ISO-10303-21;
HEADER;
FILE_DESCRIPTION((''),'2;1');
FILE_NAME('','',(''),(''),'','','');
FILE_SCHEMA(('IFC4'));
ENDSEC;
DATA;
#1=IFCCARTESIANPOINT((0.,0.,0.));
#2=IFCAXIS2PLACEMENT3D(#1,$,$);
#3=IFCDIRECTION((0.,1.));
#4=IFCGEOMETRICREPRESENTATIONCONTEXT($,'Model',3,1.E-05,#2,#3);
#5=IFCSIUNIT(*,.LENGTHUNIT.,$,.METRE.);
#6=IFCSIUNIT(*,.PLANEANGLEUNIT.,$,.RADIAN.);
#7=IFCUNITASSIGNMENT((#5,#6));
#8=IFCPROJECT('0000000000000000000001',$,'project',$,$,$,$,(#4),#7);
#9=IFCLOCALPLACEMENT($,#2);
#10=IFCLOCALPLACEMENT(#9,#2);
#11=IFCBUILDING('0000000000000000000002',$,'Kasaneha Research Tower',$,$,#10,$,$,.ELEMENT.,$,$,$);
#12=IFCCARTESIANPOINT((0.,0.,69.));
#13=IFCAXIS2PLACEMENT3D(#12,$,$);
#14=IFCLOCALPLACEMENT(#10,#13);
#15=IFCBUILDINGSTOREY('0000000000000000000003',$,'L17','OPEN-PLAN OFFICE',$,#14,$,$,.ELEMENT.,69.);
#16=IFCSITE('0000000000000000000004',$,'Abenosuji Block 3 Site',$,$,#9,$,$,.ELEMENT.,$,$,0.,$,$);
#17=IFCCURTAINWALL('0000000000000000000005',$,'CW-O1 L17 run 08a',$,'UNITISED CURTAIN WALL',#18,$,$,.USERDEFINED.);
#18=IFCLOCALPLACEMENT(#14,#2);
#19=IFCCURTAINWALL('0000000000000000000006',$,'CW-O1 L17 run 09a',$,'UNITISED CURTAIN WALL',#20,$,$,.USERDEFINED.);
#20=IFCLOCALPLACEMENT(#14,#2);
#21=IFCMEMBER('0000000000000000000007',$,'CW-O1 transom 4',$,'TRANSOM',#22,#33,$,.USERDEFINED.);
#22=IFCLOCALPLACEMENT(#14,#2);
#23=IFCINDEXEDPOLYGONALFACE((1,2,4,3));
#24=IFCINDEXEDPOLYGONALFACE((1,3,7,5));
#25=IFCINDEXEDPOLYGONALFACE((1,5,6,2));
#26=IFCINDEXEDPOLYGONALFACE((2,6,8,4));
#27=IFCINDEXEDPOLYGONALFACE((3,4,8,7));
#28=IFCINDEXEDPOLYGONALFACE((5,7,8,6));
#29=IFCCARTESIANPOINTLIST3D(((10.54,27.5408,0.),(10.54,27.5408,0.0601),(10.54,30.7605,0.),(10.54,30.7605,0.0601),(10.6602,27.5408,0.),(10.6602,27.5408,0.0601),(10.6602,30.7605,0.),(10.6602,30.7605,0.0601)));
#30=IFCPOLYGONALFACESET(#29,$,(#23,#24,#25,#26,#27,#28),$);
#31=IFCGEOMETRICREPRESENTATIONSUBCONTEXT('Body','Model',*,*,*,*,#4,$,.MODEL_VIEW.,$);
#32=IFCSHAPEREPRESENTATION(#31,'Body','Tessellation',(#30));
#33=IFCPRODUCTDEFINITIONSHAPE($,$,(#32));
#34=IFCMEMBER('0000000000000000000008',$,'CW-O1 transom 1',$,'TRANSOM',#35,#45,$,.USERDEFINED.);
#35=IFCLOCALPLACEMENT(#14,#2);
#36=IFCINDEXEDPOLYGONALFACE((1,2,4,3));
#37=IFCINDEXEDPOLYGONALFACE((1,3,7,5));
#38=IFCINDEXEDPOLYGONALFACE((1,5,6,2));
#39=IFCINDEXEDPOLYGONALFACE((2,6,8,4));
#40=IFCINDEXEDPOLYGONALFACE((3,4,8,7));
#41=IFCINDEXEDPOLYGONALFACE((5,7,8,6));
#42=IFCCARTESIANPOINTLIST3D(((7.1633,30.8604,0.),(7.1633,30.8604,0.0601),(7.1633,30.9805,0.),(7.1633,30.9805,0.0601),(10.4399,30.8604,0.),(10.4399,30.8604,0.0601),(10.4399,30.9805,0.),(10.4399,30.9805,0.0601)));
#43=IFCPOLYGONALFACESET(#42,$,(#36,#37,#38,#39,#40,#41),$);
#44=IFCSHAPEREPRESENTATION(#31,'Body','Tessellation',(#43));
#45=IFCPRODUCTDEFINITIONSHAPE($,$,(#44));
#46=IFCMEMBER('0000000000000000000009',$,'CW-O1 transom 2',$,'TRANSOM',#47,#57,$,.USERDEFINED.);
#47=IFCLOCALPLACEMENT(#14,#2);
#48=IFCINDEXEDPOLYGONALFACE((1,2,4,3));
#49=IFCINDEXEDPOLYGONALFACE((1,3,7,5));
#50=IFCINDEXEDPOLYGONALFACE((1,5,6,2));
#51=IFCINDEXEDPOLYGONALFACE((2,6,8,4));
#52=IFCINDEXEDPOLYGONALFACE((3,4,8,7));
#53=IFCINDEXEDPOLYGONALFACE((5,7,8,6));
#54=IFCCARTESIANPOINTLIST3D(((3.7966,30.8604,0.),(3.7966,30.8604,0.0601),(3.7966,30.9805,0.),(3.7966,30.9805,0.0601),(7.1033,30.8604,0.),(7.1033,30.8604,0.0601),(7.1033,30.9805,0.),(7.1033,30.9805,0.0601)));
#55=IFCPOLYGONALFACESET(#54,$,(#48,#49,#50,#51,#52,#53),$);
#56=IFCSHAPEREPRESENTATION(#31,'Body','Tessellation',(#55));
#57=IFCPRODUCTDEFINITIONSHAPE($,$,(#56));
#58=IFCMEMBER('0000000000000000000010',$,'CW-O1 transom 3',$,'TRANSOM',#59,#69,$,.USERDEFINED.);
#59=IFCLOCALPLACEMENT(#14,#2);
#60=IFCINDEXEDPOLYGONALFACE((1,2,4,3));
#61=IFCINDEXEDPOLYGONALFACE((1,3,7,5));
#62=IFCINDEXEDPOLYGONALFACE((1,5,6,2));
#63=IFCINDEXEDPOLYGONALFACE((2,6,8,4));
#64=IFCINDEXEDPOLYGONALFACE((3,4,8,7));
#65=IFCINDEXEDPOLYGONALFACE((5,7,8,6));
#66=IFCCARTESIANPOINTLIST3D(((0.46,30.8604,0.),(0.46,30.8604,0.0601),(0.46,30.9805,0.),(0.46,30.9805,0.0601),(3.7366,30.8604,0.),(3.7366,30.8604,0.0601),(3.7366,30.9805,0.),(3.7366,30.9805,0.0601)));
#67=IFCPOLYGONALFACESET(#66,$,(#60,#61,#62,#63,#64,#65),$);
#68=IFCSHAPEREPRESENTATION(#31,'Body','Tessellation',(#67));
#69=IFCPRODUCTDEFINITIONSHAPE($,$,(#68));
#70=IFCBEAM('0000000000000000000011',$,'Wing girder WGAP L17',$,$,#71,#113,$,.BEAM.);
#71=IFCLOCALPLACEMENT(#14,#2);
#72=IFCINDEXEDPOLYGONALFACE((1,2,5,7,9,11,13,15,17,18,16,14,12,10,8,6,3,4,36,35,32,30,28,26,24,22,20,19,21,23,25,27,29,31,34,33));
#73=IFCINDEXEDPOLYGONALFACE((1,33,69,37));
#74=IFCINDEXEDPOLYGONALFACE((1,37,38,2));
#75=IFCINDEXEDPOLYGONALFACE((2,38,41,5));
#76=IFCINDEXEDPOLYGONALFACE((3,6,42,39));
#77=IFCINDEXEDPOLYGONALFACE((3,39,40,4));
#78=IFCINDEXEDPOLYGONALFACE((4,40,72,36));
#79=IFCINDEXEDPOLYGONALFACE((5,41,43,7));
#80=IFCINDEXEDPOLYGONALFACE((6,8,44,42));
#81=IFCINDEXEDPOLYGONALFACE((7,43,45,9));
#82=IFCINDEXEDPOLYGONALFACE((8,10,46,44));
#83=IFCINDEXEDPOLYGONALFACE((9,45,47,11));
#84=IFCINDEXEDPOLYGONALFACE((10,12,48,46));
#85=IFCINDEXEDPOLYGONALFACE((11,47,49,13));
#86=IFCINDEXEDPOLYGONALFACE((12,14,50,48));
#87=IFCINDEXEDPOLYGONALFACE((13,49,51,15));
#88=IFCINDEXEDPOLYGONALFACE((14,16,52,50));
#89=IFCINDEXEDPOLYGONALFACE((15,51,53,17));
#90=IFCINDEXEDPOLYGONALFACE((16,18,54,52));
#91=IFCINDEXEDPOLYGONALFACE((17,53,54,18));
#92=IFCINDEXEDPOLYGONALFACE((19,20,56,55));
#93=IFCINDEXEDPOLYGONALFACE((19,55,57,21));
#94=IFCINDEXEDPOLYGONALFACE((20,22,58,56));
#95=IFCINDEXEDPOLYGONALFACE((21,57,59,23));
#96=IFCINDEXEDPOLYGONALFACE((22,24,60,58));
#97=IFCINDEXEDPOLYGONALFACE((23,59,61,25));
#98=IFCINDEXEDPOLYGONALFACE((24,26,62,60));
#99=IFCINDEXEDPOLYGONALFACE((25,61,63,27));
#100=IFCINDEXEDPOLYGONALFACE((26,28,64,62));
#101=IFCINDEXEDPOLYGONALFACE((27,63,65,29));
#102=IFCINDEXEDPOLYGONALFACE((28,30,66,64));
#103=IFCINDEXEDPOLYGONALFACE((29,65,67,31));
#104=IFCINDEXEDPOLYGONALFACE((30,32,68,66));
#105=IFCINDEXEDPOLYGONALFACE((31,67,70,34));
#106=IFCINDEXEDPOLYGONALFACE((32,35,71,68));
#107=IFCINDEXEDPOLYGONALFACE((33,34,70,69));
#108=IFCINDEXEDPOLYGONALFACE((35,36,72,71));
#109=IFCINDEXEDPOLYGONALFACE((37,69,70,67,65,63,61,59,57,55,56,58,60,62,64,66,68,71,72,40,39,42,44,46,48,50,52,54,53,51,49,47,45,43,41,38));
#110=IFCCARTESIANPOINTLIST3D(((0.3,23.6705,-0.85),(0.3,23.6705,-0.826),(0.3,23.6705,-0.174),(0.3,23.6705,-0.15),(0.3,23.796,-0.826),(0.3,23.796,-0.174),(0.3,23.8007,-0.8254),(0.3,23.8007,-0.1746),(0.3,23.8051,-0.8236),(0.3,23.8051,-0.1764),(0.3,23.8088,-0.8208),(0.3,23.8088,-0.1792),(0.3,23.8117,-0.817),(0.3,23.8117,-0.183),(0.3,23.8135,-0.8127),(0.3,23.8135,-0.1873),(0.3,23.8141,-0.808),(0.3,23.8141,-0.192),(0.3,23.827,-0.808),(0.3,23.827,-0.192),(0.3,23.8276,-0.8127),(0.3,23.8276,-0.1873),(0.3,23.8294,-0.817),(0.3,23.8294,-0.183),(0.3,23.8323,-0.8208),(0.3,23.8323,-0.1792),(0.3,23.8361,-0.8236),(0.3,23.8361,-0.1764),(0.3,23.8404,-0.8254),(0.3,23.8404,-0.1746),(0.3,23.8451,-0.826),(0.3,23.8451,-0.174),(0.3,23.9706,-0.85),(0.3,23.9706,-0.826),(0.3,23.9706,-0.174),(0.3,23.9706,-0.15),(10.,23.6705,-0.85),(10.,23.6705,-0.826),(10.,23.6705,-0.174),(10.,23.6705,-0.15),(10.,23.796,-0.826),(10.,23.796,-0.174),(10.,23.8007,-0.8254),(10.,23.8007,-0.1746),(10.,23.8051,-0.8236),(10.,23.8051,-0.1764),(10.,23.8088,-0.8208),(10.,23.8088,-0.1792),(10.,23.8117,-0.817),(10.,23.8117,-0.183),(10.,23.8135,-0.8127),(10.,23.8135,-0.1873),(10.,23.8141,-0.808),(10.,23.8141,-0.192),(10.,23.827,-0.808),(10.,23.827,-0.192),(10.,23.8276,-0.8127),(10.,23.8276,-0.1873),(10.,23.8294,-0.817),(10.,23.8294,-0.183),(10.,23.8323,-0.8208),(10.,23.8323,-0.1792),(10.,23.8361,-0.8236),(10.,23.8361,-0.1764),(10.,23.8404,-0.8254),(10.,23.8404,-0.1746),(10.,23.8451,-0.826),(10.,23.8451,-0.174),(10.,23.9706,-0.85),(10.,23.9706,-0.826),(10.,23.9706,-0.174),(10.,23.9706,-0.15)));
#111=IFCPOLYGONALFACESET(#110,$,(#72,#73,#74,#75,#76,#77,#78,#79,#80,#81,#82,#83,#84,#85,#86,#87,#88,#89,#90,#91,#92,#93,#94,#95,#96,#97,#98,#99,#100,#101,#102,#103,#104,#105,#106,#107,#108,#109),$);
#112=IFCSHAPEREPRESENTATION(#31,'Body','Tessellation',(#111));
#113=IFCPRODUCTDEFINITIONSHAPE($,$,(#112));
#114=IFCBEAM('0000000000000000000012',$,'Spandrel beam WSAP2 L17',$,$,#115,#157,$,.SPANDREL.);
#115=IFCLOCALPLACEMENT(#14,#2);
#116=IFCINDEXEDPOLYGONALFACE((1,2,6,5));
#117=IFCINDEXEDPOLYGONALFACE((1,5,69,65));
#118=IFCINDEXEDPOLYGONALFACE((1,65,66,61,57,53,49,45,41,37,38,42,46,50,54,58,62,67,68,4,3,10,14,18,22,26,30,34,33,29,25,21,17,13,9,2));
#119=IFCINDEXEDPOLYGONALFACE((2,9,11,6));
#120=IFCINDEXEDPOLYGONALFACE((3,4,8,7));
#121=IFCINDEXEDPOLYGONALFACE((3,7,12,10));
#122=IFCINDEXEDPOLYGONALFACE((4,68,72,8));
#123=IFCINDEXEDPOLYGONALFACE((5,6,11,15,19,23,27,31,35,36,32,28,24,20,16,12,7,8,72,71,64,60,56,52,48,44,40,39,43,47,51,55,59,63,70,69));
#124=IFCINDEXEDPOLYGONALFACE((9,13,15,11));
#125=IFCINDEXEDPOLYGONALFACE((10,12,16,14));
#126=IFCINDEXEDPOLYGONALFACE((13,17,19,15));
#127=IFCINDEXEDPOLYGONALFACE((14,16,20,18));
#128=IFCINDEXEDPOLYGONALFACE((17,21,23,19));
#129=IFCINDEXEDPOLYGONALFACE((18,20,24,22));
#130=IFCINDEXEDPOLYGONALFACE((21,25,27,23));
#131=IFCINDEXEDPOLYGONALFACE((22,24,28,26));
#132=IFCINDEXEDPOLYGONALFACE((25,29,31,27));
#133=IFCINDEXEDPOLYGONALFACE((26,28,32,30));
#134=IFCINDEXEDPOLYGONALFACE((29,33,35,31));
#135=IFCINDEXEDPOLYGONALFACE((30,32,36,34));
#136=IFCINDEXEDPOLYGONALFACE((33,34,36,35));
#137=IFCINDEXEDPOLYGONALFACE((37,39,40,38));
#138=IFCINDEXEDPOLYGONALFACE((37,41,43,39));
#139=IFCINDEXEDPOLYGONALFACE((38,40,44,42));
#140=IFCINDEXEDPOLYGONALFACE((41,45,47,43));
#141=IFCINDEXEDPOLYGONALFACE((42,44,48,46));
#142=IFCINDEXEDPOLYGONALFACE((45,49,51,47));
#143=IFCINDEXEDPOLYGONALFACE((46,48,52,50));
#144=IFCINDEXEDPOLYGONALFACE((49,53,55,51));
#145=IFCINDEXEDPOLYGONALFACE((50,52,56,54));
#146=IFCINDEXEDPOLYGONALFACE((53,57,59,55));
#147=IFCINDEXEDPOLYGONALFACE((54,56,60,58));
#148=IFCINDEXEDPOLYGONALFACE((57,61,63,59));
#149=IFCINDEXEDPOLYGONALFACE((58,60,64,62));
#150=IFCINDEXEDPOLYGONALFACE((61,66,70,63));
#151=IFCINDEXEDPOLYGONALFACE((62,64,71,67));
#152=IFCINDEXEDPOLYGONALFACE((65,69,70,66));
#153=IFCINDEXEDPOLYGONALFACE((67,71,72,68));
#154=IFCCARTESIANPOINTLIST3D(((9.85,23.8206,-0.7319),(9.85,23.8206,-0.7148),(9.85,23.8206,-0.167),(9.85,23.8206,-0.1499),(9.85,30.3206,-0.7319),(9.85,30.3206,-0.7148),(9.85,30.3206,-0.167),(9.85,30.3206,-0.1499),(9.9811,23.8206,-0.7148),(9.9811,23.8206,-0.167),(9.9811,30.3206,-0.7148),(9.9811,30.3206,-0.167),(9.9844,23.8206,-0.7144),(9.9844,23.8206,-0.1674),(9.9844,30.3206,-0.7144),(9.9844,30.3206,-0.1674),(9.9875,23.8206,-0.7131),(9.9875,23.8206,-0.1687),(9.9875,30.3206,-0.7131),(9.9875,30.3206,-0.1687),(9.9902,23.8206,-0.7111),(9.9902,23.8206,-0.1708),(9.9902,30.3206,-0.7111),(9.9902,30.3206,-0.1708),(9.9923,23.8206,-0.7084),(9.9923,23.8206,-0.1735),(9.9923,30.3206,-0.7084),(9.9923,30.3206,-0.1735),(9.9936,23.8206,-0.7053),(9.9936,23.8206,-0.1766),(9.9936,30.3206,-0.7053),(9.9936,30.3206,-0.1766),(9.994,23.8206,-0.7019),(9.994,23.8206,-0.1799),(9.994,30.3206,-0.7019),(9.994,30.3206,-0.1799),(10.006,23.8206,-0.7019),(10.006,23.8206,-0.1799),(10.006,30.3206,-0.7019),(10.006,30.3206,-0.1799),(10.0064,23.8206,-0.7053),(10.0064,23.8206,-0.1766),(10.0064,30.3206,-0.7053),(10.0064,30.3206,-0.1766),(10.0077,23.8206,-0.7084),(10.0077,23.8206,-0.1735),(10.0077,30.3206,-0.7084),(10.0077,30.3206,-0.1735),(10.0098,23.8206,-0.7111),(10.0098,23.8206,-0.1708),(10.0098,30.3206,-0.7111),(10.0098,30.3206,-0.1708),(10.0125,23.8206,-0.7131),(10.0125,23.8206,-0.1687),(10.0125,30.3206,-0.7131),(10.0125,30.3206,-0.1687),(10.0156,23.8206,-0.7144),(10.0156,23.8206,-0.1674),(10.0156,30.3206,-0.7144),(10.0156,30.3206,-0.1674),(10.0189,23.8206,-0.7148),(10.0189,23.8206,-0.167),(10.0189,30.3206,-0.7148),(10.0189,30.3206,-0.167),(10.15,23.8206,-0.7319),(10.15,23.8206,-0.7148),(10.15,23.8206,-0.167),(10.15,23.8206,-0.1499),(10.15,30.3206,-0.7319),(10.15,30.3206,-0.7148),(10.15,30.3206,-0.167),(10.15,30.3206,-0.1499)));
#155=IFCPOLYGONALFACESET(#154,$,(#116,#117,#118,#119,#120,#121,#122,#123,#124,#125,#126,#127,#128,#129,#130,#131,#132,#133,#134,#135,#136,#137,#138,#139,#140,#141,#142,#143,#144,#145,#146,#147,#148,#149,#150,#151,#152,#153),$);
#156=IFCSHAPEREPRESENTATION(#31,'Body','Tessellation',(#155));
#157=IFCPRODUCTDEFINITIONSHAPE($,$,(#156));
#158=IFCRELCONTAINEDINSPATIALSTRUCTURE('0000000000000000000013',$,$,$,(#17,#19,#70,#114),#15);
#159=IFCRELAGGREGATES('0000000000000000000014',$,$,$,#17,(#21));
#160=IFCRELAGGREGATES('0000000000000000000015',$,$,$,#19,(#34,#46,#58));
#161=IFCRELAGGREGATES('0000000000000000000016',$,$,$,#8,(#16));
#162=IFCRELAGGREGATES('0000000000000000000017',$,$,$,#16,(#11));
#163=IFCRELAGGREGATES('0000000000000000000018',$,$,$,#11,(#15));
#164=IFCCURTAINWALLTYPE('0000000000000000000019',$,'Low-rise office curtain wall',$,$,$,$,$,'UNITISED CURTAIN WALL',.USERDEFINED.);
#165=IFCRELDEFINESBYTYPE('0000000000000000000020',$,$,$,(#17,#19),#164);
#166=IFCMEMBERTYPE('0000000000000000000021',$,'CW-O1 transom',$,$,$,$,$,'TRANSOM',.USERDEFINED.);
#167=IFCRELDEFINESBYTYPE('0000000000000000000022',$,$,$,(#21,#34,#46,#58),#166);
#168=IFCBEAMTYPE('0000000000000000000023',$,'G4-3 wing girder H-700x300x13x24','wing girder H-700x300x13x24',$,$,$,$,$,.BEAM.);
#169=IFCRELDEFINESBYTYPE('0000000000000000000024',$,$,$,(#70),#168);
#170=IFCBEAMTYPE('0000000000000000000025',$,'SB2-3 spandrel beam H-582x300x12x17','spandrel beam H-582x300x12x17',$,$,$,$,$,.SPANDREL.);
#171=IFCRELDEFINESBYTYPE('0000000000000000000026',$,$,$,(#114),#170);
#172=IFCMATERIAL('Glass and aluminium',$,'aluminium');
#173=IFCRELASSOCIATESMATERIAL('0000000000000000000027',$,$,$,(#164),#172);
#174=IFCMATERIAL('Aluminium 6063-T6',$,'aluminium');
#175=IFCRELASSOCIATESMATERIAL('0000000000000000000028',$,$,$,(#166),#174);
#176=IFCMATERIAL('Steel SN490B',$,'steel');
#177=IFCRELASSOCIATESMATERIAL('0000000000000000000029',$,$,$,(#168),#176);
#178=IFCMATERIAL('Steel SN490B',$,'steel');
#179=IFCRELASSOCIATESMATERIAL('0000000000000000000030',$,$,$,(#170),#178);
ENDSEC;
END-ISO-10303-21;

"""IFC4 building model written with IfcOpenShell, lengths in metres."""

from ifc_helpers import new_model, si_unit, direction, frame, origin, origin_2d, place, context, subcontext, project, spatial, rectangle, i_section, extrude, material, material_profile, profile_set, type_object, element, aggregate, save


model = new_model("IFC4")

# Units and contexts
model_context = context("Model", 3, precision=1e-05, world=origin(), true_north=direction((0.0, 1.0)))
body_context = subcontext(model_context, "Body", "Model", "MODEL_VIEW")
ifc_project = project(units=[si_unit("LENGTHUNIT", "METRE"), si_unit("PLANEANGLEUNIT", "RADIAN")], contexts=[model_context])

# Site, building, storey
site_placement = place(None, origin())
site = spatial("IfcSite", under=ifc_project, at=site_placement, Name="Abenosuji Block 3 Site", CompositionType="ELEMENT", RefElevation=0.0)
building_placement = place(site_placement, origin())
building = spatial("IfcBuilding", under=site, at=building_placement, Name="Kasaneha Research Tower", CompositionType="ELEMENT")
storey_placement = place(building_placement, frame((0.0, 0.0, 69.0)))
storey = spatial("IfcBuildingStorey", under=building, at=storey_placement, Name="L17", Description="OPEN-PLAN OFFICE", CompositionType="ELEMENT", Elevation=69.0)

# Curtain walls
ifc_material_1 = material(Name="Glass and aluminium", Category="aluminium")
curtain_wall_type = type_object("IfcCurtainWallType", Name="Low-rise office curtain wall", ElementType="UNITISED CURTAIN WALL", PredefinedType="USERDEFINED", material=ifc_material_1)
curtain_wall_1_placement = place(storey_placement, origin())
curtain_wall_1 = element("IfcCurtainWall", 1, at=curtain_wall_1_placement, inside=storey, type_object=curtain_wall_type, Name="CW-O1 L17 run 08a", ObjectType="UNITISED CURTAIN WALL", PredefinedType="USERDEFINED")
curtain_wall_2_placement = place(storey_placement, origin())
curtain_wall_2 = element("IfcCurtainWall", 2, at=curtain_wall_2_placement, inside=storey, type_object=curtain_wall_type, Name="CW-O1 L17 run 09a", ObjectType="UNITISED CURTAIN WALL", PredefinedType="USERDEFINED")

# Members
ifc_material_2 = material(Name="Aluminium 6063-T6", Category="aluminium")
ifc_material_profile_1 = material_profile(ifc_material_2, rectangle(XDim=0.1201, YDim=0.0601, at=origin_2d()), Name="CW-O1 transom 120x60")
ifc_profile_set_1 = profile_set([ifc_material_profile_1], Name="Aluminium 6063-T6")
member_type_1 = type_object("IfcMemberType", Name="CW-O1 transom", ElementType="TRANSOM", PredefinedType="USERDEFINED", material=ifc_profile_set_1)
member_1_placement = place(storey_placement, frame((10.6001, 27.5408, 0.03), z_axis=(0.0, 1.0, 0.0), x_axis=(-1.0, 0.0, 0.0)))
member_1 = element("IfcMember", 3, at=member_1_placement, type_object=member_type_1, Name="CW-O1 transom 4", ObjectType="TRANSOM", PredefinedType="USERDEFINED", context=body_context, shape_type="SweptSolid", body=[
    extrude(rectangle(XDim=0.1201, YDim=0.0601, at=origin_2d()), origin(), (0.0, 0.0, 1.0), 3.2197),
])
member_2_placement = place(storey_placement, frame((10.4399, 30.9204, 0.03), z_axis=(-1.0, 0.0, 0.0), x_axis=(0.0, -1.0, 0.0)))
member_2 = element("IfcMember", 4, at=member_2_placement, type_object=member_type_1, Name="CW-O1 transom 1", ObjectType="TRANSOM", PredefinedType="USERDEFINED", context=body_context, shape_type="SweptSolid", body=[
    extrude(rectangle(XDim=0.1201, YDim=0.0601, at=origin_2d()), origin(), (0.0, 0.0, 1.0), 3.2766),
])
member_3_placement = place(storey_placement, frame((7.1033, 30.9204, 0.03), z_axis=(-1.0, 0.0, 0.0), x_axis=(0.0, -1.0, 0.0)))
member_3 = element("IfcMember", 5, at=member_3_placement, type_object=member_type_1, Name="CW-O1 transom 2", ObjectType="TRANSOM", PredefinedType="USERDEFINED", context=body_context, shape_type="SweptSolid", body=[
    extrude(rectangle(XDim=0.1201, YDim=0.0601, at=origin_2d()), origin(), (0.0, 0.0, 1.0), 3.3066),
])
member_4_placement = place(storey_placement, frame((3.7366, 30.9204, 0.03), z_axis=(-1.0, 0.0, 0.0), x_axis=(0.0, -1.0, 0.0)))
member_4 = element("IfcMember", 6, at=member_4_placement, type_object=member_type_1, Name="CW-O1 transom 3", ObjectType="TRANSOM", PredefinedType="USERDEFINED", context=body_context, shape_type="SweptSolid", body=[
    extrude(rectangle(XDim=0.1201, YDim=0.0601, at=origin_2d()), origin(), (0.0, 0.0, 1.0), 3.2766),
])

# Beams
ifc_material_3 = material(Name="Steel SN490B", Category="steel")
ifc_material_profile_2 = material_profile(ifc_material_3, i_section(OverallWidth=0.3, OverallDepth=0.7, WebThickness=0.0129, FlangeThickness=0.0239, FilletRadius=0.0181, at=origin_2d()), Name="H-700x300x13x24")
ifc_profile_set_2 = profile_set([ifc_material_profile_2], Name="Steel SN490B")
beam_type_1 = type_object("IfcBeamType", Name="G4-3 wing girder H-700x300x13x24", Description="wing girder H-700x300x13x24", PredefinedType="BEAM", material=ifc_profile_set_2)
beam_1_placement = place(storey_placement, frame((10.0, 23.8206, -0.5), z_axis=(-1.0, 0.0, 0.0), x_axis=(0.0, -1.0, 0.0)))
element("IfcBeam", 7, at=beam_1_placement, inside=storey, type_object=beam_type_1, Name="Wing girder WGAP L17", PredefinedType="BEAM", context=body_context, shape_type="SweptSolid", body=[
    extrude(i_section(OverallWidth=0.3, OverallDepth=0.7, WebThickness=0.0129, FlangeThickness=0.0239, FilletRadius=0.0181, at=origin_2d()), origin(), (0.0, 0.0, 1.0), 9.7),
])
ifc_material_4 = material(Name="Steel SN490B", Category="steel")
ifc_material_profile_3 = material_profile(ifc_material_4, i_section(OverallWidth=0.3, OverallDepth=0.582, WebThickness=0.012, FlangeThickness=0.0171, FilletRadius=0.0129, at=origin_2d()), Name="H-582x300x12x17")
ifc_profile_set_3 = profile_set([ifc_material_profile_3], Name="Steel SN490B")
beam_type_2 = type_object("IfcBeamType", Name="SB2-3 spandrel beam H-582x300x12x17", Description="spandrel beam H-582x300x12x17", PredefinedType="SPANDREL", material=ifc_profile_set_3)
beam_2_placement = place(storey_placement, frame((10.0, 23.8206, -0.4409), z_axis=(0.0, 1.0, 0.0), x_axis=(-1.0, 0.0, 0.0)))
element("IfcBeam", 8, at=beam_2_placement, inside=storey, type_object=beam_type_2, Name="Spandrel beam WSAP2 L17", PredefinedType="SPANDREL", context=body_context, shape_type="SweptSolid", body=[
    extrude(i_section(OverallWidth=0.3, OverallDepth=0.582, WebThickness=0.012, FlangeThickness=0.0171, FilletRadius=0.0129, at=origin_2d()), origin(), (0.0, 0.0, 1.0), 6.5),
])

aggregate(curtain_wall_1, [member_1])
aggregate(curtain_wall_2, [member_2, member_3, member_4])

save(model, "model.ifc")
